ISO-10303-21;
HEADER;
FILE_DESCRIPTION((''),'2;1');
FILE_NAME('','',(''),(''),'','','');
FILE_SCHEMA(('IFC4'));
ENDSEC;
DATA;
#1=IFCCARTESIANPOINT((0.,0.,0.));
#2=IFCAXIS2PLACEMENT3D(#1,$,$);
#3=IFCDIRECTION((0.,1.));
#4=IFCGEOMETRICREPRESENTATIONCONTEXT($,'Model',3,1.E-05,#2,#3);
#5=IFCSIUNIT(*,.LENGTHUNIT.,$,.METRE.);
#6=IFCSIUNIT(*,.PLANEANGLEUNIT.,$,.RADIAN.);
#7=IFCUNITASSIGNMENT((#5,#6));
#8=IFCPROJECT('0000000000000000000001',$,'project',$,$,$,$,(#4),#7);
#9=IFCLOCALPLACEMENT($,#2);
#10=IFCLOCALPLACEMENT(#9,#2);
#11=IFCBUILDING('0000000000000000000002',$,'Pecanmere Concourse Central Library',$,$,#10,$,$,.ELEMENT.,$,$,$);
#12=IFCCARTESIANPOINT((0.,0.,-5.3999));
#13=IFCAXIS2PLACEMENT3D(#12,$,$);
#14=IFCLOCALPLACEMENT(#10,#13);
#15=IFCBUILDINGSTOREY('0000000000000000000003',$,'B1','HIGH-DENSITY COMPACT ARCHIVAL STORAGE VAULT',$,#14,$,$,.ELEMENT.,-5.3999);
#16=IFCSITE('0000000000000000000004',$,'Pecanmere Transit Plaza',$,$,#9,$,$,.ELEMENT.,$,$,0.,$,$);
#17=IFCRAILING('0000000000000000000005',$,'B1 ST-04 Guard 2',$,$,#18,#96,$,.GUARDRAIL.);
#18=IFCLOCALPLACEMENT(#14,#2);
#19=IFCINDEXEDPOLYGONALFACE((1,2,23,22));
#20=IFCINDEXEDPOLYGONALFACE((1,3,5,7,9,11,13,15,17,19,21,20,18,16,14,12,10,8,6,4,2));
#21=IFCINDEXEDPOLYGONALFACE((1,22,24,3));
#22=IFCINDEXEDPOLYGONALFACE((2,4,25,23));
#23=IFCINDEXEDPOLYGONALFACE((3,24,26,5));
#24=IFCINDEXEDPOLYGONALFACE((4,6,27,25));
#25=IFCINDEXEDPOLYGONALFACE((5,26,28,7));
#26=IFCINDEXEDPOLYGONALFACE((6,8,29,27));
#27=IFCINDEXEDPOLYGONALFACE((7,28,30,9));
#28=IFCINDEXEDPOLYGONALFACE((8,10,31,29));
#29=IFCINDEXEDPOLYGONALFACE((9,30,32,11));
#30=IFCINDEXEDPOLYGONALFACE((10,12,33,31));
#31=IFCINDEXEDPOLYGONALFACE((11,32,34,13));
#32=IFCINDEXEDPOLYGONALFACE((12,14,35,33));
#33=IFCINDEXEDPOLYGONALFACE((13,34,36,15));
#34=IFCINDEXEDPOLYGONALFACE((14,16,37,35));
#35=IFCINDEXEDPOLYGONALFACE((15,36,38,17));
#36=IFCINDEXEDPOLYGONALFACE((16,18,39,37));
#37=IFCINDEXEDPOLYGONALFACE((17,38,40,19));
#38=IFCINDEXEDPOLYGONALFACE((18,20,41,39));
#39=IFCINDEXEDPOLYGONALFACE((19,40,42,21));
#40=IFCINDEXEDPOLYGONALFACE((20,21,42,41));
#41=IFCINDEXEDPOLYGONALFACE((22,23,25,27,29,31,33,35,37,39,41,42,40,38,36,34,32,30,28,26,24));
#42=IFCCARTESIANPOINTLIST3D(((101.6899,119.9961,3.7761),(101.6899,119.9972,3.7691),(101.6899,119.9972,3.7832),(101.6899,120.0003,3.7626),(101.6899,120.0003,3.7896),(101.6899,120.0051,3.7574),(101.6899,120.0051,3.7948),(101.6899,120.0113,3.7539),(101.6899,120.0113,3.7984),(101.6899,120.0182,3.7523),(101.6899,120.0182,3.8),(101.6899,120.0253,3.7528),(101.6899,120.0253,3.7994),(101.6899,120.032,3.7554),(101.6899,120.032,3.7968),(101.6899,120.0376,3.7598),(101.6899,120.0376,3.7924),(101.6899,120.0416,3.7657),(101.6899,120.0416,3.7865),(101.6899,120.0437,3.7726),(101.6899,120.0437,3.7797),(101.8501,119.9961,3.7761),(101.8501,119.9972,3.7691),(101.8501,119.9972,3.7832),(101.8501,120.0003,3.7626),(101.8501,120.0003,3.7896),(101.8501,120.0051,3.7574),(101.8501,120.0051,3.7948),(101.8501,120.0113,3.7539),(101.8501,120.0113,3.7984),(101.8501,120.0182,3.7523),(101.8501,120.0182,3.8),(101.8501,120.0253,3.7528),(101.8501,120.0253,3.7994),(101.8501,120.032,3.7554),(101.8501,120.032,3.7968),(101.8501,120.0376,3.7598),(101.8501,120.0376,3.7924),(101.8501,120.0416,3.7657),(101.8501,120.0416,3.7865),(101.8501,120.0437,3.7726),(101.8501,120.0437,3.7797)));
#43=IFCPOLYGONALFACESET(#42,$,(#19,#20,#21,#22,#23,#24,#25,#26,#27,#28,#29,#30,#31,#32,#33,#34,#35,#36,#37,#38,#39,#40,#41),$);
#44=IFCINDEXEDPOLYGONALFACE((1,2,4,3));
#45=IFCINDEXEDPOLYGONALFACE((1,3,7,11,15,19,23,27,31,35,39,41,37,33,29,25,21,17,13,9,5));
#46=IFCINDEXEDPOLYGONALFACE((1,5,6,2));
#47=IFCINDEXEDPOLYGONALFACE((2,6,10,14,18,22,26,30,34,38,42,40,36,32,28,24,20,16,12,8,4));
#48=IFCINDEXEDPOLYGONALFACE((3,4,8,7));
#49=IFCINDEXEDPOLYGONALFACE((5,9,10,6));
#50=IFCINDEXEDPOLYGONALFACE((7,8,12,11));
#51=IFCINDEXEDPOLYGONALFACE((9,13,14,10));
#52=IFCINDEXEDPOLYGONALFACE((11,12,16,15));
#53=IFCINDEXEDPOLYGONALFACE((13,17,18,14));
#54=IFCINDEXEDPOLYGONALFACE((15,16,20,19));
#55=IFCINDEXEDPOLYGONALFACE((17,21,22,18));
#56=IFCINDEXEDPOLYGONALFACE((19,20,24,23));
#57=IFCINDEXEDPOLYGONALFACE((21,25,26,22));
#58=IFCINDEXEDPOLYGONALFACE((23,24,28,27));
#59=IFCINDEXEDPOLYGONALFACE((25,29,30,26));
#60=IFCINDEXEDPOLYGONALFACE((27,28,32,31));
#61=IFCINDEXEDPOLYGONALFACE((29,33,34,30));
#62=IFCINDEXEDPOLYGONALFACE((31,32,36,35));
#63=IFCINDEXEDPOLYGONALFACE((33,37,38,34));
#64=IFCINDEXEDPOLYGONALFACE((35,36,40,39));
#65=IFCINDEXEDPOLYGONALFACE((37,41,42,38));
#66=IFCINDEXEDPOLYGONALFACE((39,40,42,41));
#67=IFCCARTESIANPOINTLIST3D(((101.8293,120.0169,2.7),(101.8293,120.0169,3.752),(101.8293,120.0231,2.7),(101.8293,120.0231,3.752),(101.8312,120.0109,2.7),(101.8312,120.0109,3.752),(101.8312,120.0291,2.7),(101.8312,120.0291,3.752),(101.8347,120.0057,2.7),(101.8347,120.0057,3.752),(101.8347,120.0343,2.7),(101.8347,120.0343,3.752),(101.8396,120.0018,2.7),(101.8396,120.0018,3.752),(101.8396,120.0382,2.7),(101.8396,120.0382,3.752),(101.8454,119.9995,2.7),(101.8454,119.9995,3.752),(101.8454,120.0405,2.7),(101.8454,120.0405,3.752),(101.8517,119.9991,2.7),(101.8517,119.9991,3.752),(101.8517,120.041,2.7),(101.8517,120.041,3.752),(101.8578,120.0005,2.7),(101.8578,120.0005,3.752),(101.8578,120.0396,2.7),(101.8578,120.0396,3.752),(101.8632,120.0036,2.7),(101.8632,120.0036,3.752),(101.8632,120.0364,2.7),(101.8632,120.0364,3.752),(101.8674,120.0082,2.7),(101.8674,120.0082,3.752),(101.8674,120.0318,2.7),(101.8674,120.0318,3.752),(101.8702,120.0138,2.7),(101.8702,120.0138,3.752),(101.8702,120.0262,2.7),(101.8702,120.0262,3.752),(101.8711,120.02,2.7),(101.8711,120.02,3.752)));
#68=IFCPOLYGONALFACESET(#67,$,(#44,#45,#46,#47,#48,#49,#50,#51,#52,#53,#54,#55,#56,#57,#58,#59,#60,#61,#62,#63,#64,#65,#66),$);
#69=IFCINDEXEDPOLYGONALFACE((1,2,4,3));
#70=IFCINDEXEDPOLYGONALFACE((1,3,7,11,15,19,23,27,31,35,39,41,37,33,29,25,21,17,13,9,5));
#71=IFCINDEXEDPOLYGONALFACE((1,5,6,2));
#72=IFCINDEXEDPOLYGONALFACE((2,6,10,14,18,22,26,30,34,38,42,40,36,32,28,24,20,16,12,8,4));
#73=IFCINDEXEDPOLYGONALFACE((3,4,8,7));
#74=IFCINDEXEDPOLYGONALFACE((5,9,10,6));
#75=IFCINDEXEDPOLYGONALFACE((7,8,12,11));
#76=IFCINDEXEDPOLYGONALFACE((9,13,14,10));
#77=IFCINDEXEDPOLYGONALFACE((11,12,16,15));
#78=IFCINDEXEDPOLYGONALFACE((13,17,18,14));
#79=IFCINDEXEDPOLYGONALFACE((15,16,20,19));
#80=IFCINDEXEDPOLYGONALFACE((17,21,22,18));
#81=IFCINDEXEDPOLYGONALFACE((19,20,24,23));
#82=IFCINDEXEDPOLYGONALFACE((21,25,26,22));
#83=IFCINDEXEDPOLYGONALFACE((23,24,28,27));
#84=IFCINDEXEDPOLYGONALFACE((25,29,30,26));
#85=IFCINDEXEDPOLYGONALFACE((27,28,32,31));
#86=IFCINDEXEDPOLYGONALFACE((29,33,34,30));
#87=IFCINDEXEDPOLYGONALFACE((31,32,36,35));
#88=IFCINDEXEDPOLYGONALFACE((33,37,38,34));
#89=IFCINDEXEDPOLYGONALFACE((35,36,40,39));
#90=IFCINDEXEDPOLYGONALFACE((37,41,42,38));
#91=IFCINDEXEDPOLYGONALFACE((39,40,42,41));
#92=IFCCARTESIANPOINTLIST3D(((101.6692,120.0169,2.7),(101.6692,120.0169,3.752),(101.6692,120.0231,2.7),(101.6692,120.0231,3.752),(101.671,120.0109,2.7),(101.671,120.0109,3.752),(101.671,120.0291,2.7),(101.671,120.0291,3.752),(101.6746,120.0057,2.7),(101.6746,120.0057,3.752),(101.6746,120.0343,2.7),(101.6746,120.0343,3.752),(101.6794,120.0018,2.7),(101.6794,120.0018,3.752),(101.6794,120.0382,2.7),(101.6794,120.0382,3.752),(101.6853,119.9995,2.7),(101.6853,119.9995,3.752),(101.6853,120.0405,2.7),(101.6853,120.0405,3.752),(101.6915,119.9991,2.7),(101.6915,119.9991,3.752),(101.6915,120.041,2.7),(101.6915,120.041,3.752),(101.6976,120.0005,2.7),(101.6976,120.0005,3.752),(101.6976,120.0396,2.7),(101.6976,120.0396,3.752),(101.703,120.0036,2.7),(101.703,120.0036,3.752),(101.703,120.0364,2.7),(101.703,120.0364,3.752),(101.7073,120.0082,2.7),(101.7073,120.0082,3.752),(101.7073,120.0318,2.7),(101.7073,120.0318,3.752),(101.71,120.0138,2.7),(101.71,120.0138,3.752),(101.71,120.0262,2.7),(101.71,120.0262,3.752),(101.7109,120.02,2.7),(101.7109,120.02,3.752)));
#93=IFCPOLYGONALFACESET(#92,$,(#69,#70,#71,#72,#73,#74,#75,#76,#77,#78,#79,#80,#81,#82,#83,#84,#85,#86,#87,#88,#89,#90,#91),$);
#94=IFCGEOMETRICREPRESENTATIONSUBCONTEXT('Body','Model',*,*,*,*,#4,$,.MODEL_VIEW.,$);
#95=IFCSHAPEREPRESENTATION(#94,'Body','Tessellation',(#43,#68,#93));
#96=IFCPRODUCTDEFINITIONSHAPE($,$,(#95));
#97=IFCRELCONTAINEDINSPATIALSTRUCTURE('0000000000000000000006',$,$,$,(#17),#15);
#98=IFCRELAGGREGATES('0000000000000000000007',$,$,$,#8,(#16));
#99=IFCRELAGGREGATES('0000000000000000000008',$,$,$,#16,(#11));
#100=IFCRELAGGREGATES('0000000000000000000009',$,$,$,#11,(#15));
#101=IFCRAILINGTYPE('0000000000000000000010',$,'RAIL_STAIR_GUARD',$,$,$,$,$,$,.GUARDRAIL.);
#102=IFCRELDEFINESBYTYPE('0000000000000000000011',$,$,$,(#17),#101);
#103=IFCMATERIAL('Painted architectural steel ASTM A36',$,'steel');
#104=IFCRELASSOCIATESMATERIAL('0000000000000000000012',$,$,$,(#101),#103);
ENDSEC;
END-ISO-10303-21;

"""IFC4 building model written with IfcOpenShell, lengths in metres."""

from ifc_helpers import new_model, si_unit, direction, frame, origin, origin_2d, place, context, subcontext, project, spatial, circle, extrude, material, type_object, element, save


model = new_model("IFC4")

# Units and contexts
model_context = context("Model", 3, precision=1e-05, world=origin(), true_north=direction((0.0, 1.0)))
body_context = subcontext(model_context, "Body", "Model", "MODEL_VIEW")
ifc_project = project(units=[si_unit("LENGTHUNIT", "METRE"), si_unit("PLANEANGLEUNIT", "RADIAN")], contexts=[model_context])

# Site, building, storey
site_placement = place(None, origin())
site = spatial("IfcSite", under=ifc_project, at=site_placement, Name="Pecanmere Transit Plaza", CompositionType="ELEMENT", RefElevation=0.0)
building_placement = place(site_placement, origin())
building = spatial("IfcBuilding", under=site, at=building_placement, Name="Pecanmere Concourse Central Library", CompositionType="ELEMENT")
storey_placement = place(building_placement, frame((0.0, 0.0, -5.3999)))
storey = spatial("IfcBuildingStorey", under=building, at=storey_placement, Name="B1", Description="HIGH-DENSITY COMPACT ARCHIVAL STORAGE VAULT", CompositionType="ELEMENT", Elevation=-5.3999)

# Railing
ifc_material_1 = material(Name="Painted architectural steel ASTM A36", Category="steel")
railing_type_1 = type_object("IfcRailingType", Name="RAIL_STAIR_GUARD", PredefinedType="GUARDRAIL", material=ifc_material_1)
railing_1_placement = place(storey_placement, frame((101.8501, 120.02, 2.7)))
element("IfcRailing", 1, at=railing_1_placement, inside=storey, type_object=railing_type_1, Name="B1 ST-04 Guard 2", PredefinedType="GUARDRAIL", context=body_context, shape_type="SweptSolid", body=[
    extrude(circle(Radius=0.0239, at=origin_2d()), frame((0.0, 0.0, 1.0762), z_axis=(-1.0, 0.0, 0.0), x_axis=(0.0, -1.0, 0.0)), (0.0, 0.0, 1.0), 0.1602),
    extrude(circle(Radius=0.021, at=origin_2d()), origin(), (0.0, 0.0, 1.0), 1.052),
    extrude(circle(Radius=0.021, at=origin_2d()), frame((-0.1602, 0.0, 0.0)), (0.0, 0.0, 1.0), 1.052),
])

save(model, "model.ifc")
